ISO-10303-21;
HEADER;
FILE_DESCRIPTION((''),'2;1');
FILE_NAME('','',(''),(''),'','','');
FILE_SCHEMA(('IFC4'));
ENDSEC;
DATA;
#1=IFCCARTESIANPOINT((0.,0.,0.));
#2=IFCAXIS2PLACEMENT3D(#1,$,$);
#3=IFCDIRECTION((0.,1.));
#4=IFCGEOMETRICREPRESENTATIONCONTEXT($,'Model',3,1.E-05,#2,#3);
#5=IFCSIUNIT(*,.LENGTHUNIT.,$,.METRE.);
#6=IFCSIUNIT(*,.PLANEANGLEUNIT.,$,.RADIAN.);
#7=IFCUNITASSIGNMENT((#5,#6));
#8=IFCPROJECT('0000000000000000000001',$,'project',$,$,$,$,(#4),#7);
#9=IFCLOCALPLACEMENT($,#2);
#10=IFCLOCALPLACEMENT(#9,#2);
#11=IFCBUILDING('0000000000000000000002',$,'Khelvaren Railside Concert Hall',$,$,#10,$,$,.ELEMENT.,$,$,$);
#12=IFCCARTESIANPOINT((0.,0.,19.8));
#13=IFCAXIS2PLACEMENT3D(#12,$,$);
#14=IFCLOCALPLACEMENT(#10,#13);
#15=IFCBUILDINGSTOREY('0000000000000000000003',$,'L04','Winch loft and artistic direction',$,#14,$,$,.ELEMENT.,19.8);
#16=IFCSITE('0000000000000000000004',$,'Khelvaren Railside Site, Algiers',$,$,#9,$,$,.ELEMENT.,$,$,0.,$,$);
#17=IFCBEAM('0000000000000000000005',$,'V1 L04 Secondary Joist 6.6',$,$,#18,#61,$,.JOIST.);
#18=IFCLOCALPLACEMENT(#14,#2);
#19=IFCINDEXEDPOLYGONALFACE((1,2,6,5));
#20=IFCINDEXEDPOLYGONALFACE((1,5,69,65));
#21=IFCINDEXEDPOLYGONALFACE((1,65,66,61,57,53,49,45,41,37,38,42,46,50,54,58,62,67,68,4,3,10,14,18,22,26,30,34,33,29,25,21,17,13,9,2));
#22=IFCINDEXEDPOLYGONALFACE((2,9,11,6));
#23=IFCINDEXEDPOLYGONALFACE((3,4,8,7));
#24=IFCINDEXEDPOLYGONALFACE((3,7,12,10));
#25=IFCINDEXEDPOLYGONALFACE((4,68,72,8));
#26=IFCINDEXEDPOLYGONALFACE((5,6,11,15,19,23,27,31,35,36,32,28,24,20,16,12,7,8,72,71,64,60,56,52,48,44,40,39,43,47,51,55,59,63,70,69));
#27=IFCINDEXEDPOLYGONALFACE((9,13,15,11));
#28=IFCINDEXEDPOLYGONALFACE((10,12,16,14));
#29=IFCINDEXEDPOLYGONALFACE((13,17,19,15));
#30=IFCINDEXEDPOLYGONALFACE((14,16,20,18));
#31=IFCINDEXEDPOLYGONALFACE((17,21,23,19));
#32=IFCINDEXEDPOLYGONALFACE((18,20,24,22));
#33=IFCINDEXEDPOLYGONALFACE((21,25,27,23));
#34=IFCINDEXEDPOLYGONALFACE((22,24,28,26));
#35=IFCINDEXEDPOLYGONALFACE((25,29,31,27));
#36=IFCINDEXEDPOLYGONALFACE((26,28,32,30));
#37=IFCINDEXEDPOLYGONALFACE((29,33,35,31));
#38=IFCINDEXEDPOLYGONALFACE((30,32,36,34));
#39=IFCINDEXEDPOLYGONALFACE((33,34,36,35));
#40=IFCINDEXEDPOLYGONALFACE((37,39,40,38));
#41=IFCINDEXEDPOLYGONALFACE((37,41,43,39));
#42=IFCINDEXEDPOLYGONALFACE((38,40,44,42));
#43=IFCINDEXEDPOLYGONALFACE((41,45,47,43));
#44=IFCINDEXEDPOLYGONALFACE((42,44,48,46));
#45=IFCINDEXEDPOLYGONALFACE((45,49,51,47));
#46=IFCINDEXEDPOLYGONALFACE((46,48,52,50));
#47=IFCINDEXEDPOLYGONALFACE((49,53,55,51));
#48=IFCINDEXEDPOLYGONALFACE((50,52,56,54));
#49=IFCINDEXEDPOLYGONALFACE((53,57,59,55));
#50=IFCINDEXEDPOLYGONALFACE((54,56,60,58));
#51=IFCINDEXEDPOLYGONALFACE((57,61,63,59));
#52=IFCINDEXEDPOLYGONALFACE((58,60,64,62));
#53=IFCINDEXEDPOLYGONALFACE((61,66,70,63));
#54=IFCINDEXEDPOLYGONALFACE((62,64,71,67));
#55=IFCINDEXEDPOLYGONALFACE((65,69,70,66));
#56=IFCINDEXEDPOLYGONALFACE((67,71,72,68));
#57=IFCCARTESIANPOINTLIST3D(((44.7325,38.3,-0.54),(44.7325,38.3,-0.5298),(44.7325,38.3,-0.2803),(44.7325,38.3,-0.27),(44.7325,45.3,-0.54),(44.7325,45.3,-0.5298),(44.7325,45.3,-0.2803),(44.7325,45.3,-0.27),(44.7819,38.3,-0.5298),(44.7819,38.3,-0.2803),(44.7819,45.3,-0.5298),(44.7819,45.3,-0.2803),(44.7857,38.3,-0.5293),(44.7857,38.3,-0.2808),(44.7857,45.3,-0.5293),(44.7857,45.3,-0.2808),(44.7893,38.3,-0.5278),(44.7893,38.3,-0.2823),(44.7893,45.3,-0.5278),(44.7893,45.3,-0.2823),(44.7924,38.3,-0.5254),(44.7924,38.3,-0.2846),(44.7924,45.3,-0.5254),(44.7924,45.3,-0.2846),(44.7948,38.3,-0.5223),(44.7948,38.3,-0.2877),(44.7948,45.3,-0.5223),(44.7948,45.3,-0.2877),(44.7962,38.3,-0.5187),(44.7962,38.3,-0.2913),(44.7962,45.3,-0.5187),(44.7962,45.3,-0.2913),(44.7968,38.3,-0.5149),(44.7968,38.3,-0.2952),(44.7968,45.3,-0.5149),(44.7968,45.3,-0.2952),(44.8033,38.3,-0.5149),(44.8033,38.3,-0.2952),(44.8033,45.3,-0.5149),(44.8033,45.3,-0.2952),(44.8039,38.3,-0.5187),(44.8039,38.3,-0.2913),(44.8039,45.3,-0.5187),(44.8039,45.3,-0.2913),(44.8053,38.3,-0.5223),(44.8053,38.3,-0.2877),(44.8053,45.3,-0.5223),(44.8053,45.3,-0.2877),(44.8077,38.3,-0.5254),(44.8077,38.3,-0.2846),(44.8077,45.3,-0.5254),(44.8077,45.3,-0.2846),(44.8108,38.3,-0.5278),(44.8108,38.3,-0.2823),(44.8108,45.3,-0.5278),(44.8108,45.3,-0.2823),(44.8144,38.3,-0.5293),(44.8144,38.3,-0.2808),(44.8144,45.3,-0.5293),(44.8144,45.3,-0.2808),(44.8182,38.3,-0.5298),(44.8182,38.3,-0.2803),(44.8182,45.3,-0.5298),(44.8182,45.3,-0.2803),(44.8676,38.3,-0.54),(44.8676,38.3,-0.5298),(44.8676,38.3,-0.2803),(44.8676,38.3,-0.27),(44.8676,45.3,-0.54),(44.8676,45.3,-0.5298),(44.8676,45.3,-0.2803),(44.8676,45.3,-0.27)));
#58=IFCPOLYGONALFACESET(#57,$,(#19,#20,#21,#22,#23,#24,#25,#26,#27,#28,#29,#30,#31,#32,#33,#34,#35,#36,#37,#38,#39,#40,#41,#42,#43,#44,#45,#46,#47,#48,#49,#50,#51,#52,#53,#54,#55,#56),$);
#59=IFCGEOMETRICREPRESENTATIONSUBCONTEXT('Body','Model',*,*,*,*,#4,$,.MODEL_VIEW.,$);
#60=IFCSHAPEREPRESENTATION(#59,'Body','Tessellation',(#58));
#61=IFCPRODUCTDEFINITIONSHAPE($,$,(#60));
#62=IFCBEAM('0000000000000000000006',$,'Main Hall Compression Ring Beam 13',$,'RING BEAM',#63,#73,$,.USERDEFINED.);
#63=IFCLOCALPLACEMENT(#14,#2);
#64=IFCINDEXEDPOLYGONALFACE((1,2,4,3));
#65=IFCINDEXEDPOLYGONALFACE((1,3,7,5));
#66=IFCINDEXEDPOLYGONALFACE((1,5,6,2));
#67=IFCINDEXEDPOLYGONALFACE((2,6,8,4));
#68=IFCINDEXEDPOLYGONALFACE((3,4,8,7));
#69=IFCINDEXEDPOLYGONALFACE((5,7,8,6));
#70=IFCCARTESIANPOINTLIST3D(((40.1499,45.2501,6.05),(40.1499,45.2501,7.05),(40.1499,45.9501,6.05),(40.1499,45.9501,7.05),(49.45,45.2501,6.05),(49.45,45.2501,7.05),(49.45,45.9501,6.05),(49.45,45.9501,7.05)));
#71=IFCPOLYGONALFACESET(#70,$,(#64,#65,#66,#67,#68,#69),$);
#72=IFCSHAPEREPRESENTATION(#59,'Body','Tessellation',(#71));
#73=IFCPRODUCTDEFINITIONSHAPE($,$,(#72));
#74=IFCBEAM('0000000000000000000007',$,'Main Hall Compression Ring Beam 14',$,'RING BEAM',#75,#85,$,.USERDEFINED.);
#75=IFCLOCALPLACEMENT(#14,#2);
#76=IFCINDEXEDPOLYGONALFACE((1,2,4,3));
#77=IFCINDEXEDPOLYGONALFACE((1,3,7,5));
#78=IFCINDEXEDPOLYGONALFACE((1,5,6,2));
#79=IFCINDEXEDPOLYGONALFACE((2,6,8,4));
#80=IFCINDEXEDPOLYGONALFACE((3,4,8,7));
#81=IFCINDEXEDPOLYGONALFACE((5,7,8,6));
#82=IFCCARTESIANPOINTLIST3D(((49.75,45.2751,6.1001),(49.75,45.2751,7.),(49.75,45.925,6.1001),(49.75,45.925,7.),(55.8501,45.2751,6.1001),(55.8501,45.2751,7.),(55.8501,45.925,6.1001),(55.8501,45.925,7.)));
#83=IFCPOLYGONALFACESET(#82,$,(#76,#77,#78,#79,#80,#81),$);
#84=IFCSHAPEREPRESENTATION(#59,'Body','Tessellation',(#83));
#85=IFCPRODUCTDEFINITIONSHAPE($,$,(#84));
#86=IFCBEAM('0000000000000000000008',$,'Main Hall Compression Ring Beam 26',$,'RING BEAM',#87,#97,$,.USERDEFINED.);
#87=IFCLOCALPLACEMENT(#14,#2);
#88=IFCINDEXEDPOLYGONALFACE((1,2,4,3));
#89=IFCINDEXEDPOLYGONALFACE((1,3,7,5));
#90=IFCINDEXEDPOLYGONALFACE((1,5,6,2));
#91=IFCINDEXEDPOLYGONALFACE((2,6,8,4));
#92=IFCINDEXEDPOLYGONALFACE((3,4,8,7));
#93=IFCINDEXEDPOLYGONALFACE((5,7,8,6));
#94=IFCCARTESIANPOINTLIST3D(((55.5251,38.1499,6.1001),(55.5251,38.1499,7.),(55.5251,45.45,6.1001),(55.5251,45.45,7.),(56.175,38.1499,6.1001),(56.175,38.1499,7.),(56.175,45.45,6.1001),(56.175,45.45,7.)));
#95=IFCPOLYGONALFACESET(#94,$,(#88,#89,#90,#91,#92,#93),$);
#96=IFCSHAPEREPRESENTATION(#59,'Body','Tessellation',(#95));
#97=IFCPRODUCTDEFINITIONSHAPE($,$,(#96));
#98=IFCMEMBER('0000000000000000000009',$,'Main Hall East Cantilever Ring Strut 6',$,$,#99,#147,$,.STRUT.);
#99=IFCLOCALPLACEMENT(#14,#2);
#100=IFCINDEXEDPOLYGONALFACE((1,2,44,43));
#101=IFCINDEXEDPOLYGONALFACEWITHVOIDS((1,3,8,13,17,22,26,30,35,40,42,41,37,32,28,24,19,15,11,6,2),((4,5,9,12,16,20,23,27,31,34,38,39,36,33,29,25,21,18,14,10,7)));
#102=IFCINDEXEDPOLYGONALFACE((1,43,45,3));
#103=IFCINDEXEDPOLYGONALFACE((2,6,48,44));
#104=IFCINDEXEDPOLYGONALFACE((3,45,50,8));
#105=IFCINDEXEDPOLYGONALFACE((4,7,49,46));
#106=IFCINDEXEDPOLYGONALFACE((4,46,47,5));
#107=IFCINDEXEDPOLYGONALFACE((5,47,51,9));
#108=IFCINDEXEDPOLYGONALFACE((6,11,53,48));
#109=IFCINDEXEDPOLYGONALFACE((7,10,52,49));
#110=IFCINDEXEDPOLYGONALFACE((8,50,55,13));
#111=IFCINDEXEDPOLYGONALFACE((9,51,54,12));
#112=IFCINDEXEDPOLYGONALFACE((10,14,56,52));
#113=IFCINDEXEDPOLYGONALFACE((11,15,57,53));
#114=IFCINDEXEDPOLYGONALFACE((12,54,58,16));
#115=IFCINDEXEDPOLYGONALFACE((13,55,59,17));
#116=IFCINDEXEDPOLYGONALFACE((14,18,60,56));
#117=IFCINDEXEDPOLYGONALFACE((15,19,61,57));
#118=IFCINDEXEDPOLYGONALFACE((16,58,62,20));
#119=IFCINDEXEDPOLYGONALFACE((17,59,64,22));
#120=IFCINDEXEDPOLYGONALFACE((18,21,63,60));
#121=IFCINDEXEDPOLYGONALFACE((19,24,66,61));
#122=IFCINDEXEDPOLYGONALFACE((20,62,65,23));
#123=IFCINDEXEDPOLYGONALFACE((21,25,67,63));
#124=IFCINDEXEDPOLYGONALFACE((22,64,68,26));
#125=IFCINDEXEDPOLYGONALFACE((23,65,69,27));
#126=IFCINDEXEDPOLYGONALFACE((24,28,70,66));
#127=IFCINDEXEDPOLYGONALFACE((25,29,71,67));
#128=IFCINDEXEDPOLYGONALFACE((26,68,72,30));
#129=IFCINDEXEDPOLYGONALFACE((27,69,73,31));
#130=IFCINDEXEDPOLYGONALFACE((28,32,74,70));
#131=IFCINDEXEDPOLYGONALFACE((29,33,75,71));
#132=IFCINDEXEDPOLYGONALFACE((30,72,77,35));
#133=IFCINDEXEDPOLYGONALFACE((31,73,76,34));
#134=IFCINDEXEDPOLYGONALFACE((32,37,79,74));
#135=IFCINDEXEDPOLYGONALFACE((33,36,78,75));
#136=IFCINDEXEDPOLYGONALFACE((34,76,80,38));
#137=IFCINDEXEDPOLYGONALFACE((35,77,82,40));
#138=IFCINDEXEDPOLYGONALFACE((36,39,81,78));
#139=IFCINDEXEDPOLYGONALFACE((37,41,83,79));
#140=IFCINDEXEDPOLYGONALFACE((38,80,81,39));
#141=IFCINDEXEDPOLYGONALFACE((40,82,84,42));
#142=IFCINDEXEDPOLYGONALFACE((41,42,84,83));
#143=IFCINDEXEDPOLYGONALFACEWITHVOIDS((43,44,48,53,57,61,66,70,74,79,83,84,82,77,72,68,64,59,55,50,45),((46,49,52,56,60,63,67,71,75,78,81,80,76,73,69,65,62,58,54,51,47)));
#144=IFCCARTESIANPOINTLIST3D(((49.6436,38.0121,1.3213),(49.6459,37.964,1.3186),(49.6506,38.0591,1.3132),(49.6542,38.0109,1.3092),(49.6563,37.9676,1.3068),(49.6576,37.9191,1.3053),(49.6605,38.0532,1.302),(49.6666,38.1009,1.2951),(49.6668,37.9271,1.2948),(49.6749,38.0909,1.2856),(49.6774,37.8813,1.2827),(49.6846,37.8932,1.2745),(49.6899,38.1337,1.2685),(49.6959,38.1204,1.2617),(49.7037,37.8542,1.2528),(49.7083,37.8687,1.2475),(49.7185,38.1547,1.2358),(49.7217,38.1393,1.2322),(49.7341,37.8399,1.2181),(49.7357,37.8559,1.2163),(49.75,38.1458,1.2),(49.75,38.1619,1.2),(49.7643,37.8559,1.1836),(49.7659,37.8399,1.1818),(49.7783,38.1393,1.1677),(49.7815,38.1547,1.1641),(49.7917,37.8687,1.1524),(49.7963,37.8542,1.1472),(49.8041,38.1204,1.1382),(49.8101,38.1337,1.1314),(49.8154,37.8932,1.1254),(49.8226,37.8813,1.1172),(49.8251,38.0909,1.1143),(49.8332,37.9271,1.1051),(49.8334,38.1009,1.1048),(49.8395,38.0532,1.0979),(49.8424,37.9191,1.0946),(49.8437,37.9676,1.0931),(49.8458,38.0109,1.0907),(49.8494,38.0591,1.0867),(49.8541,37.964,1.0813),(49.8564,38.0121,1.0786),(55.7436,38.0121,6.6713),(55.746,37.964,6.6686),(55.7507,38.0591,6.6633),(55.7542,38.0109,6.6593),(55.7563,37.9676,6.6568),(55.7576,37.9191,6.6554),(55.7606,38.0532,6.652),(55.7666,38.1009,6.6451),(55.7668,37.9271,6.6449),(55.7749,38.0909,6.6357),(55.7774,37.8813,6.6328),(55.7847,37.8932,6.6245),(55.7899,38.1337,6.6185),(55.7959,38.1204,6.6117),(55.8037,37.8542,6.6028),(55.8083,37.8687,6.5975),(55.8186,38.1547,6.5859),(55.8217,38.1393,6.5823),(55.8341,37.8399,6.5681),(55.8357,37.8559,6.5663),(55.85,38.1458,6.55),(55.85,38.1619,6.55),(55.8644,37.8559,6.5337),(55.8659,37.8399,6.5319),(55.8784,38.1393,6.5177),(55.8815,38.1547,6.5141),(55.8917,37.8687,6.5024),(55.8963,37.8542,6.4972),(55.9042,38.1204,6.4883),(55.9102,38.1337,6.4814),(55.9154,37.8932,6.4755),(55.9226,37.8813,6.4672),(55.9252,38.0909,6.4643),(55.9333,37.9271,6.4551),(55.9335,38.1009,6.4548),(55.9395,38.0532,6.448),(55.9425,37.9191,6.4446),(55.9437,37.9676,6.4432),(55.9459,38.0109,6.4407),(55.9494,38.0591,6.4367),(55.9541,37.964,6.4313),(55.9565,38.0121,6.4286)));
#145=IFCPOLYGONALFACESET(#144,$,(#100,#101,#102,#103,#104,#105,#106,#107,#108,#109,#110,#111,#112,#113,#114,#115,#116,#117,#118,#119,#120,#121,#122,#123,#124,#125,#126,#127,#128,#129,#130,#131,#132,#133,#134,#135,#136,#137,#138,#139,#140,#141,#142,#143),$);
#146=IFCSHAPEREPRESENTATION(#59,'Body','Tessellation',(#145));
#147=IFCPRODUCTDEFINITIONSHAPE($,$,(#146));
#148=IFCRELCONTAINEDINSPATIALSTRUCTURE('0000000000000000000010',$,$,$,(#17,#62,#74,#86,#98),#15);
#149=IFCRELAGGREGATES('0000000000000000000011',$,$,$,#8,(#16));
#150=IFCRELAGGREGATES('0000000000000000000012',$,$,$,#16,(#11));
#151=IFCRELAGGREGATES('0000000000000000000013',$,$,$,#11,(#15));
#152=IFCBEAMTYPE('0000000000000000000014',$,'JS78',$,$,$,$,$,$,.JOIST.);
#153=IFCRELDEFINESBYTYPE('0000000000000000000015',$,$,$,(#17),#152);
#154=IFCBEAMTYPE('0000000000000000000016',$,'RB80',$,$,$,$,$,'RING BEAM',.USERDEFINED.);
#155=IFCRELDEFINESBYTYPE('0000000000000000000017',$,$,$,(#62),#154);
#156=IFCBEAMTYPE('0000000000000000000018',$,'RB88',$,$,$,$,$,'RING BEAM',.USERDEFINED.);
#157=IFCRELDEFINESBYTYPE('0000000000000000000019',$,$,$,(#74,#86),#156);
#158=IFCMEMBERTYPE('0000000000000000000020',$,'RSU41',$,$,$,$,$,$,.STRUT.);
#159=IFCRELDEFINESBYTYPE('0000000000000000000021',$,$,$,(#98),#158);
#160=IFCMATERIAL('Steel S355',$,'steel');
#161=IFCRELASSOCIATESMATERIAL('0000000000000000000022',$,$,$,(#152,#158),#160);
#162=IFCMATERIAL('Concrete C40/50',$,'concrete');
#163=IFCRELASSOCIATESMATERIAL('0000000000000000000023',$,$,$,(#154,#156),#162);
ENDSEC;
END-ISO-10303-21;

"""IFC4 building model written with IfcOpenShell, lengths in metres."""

from ifc_helpers import new_model, si_unit, direction, frame, origin, origin_2d, place, context, subcontext, project, spatial, rectangle, hollow_circle, i_section, extrude, material, material_profile, profile_set, type_object, element, save


model = new_model("IFC4")

# Units and contexts
model_context = context("Model", 3, precision=1e-05, world=origin(), true_north=direction((0.0, 1.0)))
body_context = subcontext(model_context, "Body", "Model", "MODEL_VIEW")
ifc_project = project(units=[si_unit("LENGTHUNIT", "METRE"), si_unit("PLANEANGLEUNIT", "RADIAN")], contexts=[model_context])

# Site, building, storey
site_placement = place(None, origin())
site = spatial("IfcSite", under=ifc_project, at=site_placement, Name="Khelvaren Railside Site, Algiers", CompositionType="ELEMENT", RefElevation=0.0)
building_placement = place(site_placement, origin())
building = spatial("IfcBuilding", under=site, at=building_placement, Name="Khelvaren Railside Concert Hall", CompositionType="ELEMENT")
storey_placement = place(building_placement, frame((0.0, 0.0, 19.8)))
storey = spatial("IfcBuildingStorey", under=building, at=storey_placement, Name="L04", Description="Winch loft and artistic direction", CompositionType="ELEMENT", Elevation=19.8)

# Shared definitions
ifc_material_1 = material(Name="Steel S355", Category="steel")

# Beams
ifc_material_2 = material(Name="Concrete C40/50", Category="concrete")
ifc_material_profile_1 = material_profile(ifc_material_1, i_section(OverallWidth=0.135, OverallDepth=0.27, WebThickness=0.0066, FlangeThickness=0.0103, FilletRadius=0.0149, at=origin_2d()), Name="IPE 270")
ifc_profile_set_1 = profile_set([ifc_material_profile_1], Name="Steel S355")
beam_type_1 = type_object("IfcBeamType", Name="JS78", PredefinedType="JOIST", material=ifc_profile_set_1)
beam_1_placement = place(storey_placement, frame((44.8, 38.3, -0.405), z_axis=(0.0, 1.0, 0.0), x_axis=(-1.0, 0.0, 0.0)))
element("IfcBeam", 1, at=beam_1_placement, inside=storey, type_object=beam_type_1, Name="V1 L04 Secondary Joist 6.6", PredefinedType="JOIST", context=body_context, shape_type="SweptSolid", body=[
    extrude(i_section(OverallWidth=0.135, OverallDepth=0.27, WebThickness=0.0066, FlangeThickness=0.0103, FilletRadius=0.0149, at=origin_2d()), origin(), (0.0, 0.0, 1.0), 7.0),
])
ifc_material_profile_2 = material_profile(ifc_material_2, rectangle(XDim=0.7, YDim=1.0, at=origin_2d()), Name="RCB 700x1000")
ifc_profile_set_2 = profile_set([ifc_material_profile_2], Name="Concrete C40/50")
beam_type_2 = type_object("IfcBeamType", Name="RB80", ElementType="RING BEAM", PredefinedType="USERDEFINED", material=ifc_profile_set_2)
beam_2_placement = place(storey_placement, frame((40.1499, 45.6001, 6.55), z_axis=(1.0, 0.0, 0.0), x_axis=(0.0, 1.0, 0.0)))
element("IfcBeam", 2, at=beam_2_placement, inside=storey, type_object=beam_type_2, Name="Main Hall Compression Ring Beam 13", ObjectType="RING BEAM", PredefinedType="USERDEFINED", context=body_context, shape_type="SweptSolid", body=[
    extrude(rectangle(XDim=0.7, YDim=1.0, at=origin_2d()), origin(), (0.0, 0.0, 1.0), 9.3),
])
ifc_material_profile_3 = material_profile(ifc_material_2, rectangle(XDim=0.6499, YDim=0.8999, at=origin_2d()), Name="RCB 650x900")
ifc_profile_set_3 = profile_set([ifc_material_profile_3], Name="Concrete C40/50")
beam_type_3 = type_object("IfcBeamType", Name="RB88", ElementType="RING BEAM", PredefinedType="USERDEFINED", material=ifc_profile_set_3)
beam_3_placement = place(storey_placement, frame((49.75, 45.6001, 6.55), z_axis=(1.0, 0.0, 0.0), x_axis=(0.0, 1.0, 0.0)))
element("IfcBeam", 3, at=beam_3_placement, inside=storey, type_object=beam_type_3, Name="Main Hall Compression Ring Beam 14", ObjectType="RING BEAM", PredefinedType="USERDEFINED", context=body_context, shape_type="SweptSolid", body=[
    extrude(rectangle(XDim=0.6499, YDim=0.8999, at=origin_2d()), origin(), (0.0, 0.0, 1.0), 6.1001),
])
beam_4_placement = place(storey_placement, frame((55.8501, 38.1499, 6.55), z_axis=(0.0, 1.0, 0.0), x_axis=(-1.0, 0.0, 0.0)))
element("IfcBeam", 4, at=beam_4_placement, inside=storey, type_object=beam_type_3, Name="Main Hall Compression Ring Beam 26", ObjectType="RING BEAM", PredefinedType="USERDEFINED", context=body_context, shape_type="SweptSolid", body=[
    extrude(rectangle(XDim=0.6499, YDim=0.8999, at=origin_2d()), origin(), (0.0, 0.0, 1.0), 7.3),
])

# Member
ifc_material_profile_4 = material_profile(ifc_material_1, hollow_circle(Radius=0.1619, WallThickness=0.0161, at=origin_2d()), Name="CHS 323.9x16")
ifc_profile_set_4 = profile_set([ifc_material_profile_4], Name="Steel S355")
member_type_1 = type_object("IfcMemberType", Name="RSU41", PredefinedType="STRUT", material=ifc_profile_set_4)
member_1_placement = place(storey_placement, frame((49.75, 38.0, 1.2), z_axis=(0.751812, 0.0, 0.659378), x_axis=(0.0, 1.0, 0.0)))
element("IfcMember", 5, at=member_1_placement, inside=storey, type_object=member_type_1, Name="Main Hall East Cantilever Ring Strut 6", PredefinedType="STRUT", context=body_context, shape_type="SweptSolid", body=[
    extrude(hollow_circle(Radius=0.1619, WallThickness=0.0161, at=origin_2d()), origin(), (0.0, 0.0, 1.0), 8.1138),
])

save(model, "model.ifc")
